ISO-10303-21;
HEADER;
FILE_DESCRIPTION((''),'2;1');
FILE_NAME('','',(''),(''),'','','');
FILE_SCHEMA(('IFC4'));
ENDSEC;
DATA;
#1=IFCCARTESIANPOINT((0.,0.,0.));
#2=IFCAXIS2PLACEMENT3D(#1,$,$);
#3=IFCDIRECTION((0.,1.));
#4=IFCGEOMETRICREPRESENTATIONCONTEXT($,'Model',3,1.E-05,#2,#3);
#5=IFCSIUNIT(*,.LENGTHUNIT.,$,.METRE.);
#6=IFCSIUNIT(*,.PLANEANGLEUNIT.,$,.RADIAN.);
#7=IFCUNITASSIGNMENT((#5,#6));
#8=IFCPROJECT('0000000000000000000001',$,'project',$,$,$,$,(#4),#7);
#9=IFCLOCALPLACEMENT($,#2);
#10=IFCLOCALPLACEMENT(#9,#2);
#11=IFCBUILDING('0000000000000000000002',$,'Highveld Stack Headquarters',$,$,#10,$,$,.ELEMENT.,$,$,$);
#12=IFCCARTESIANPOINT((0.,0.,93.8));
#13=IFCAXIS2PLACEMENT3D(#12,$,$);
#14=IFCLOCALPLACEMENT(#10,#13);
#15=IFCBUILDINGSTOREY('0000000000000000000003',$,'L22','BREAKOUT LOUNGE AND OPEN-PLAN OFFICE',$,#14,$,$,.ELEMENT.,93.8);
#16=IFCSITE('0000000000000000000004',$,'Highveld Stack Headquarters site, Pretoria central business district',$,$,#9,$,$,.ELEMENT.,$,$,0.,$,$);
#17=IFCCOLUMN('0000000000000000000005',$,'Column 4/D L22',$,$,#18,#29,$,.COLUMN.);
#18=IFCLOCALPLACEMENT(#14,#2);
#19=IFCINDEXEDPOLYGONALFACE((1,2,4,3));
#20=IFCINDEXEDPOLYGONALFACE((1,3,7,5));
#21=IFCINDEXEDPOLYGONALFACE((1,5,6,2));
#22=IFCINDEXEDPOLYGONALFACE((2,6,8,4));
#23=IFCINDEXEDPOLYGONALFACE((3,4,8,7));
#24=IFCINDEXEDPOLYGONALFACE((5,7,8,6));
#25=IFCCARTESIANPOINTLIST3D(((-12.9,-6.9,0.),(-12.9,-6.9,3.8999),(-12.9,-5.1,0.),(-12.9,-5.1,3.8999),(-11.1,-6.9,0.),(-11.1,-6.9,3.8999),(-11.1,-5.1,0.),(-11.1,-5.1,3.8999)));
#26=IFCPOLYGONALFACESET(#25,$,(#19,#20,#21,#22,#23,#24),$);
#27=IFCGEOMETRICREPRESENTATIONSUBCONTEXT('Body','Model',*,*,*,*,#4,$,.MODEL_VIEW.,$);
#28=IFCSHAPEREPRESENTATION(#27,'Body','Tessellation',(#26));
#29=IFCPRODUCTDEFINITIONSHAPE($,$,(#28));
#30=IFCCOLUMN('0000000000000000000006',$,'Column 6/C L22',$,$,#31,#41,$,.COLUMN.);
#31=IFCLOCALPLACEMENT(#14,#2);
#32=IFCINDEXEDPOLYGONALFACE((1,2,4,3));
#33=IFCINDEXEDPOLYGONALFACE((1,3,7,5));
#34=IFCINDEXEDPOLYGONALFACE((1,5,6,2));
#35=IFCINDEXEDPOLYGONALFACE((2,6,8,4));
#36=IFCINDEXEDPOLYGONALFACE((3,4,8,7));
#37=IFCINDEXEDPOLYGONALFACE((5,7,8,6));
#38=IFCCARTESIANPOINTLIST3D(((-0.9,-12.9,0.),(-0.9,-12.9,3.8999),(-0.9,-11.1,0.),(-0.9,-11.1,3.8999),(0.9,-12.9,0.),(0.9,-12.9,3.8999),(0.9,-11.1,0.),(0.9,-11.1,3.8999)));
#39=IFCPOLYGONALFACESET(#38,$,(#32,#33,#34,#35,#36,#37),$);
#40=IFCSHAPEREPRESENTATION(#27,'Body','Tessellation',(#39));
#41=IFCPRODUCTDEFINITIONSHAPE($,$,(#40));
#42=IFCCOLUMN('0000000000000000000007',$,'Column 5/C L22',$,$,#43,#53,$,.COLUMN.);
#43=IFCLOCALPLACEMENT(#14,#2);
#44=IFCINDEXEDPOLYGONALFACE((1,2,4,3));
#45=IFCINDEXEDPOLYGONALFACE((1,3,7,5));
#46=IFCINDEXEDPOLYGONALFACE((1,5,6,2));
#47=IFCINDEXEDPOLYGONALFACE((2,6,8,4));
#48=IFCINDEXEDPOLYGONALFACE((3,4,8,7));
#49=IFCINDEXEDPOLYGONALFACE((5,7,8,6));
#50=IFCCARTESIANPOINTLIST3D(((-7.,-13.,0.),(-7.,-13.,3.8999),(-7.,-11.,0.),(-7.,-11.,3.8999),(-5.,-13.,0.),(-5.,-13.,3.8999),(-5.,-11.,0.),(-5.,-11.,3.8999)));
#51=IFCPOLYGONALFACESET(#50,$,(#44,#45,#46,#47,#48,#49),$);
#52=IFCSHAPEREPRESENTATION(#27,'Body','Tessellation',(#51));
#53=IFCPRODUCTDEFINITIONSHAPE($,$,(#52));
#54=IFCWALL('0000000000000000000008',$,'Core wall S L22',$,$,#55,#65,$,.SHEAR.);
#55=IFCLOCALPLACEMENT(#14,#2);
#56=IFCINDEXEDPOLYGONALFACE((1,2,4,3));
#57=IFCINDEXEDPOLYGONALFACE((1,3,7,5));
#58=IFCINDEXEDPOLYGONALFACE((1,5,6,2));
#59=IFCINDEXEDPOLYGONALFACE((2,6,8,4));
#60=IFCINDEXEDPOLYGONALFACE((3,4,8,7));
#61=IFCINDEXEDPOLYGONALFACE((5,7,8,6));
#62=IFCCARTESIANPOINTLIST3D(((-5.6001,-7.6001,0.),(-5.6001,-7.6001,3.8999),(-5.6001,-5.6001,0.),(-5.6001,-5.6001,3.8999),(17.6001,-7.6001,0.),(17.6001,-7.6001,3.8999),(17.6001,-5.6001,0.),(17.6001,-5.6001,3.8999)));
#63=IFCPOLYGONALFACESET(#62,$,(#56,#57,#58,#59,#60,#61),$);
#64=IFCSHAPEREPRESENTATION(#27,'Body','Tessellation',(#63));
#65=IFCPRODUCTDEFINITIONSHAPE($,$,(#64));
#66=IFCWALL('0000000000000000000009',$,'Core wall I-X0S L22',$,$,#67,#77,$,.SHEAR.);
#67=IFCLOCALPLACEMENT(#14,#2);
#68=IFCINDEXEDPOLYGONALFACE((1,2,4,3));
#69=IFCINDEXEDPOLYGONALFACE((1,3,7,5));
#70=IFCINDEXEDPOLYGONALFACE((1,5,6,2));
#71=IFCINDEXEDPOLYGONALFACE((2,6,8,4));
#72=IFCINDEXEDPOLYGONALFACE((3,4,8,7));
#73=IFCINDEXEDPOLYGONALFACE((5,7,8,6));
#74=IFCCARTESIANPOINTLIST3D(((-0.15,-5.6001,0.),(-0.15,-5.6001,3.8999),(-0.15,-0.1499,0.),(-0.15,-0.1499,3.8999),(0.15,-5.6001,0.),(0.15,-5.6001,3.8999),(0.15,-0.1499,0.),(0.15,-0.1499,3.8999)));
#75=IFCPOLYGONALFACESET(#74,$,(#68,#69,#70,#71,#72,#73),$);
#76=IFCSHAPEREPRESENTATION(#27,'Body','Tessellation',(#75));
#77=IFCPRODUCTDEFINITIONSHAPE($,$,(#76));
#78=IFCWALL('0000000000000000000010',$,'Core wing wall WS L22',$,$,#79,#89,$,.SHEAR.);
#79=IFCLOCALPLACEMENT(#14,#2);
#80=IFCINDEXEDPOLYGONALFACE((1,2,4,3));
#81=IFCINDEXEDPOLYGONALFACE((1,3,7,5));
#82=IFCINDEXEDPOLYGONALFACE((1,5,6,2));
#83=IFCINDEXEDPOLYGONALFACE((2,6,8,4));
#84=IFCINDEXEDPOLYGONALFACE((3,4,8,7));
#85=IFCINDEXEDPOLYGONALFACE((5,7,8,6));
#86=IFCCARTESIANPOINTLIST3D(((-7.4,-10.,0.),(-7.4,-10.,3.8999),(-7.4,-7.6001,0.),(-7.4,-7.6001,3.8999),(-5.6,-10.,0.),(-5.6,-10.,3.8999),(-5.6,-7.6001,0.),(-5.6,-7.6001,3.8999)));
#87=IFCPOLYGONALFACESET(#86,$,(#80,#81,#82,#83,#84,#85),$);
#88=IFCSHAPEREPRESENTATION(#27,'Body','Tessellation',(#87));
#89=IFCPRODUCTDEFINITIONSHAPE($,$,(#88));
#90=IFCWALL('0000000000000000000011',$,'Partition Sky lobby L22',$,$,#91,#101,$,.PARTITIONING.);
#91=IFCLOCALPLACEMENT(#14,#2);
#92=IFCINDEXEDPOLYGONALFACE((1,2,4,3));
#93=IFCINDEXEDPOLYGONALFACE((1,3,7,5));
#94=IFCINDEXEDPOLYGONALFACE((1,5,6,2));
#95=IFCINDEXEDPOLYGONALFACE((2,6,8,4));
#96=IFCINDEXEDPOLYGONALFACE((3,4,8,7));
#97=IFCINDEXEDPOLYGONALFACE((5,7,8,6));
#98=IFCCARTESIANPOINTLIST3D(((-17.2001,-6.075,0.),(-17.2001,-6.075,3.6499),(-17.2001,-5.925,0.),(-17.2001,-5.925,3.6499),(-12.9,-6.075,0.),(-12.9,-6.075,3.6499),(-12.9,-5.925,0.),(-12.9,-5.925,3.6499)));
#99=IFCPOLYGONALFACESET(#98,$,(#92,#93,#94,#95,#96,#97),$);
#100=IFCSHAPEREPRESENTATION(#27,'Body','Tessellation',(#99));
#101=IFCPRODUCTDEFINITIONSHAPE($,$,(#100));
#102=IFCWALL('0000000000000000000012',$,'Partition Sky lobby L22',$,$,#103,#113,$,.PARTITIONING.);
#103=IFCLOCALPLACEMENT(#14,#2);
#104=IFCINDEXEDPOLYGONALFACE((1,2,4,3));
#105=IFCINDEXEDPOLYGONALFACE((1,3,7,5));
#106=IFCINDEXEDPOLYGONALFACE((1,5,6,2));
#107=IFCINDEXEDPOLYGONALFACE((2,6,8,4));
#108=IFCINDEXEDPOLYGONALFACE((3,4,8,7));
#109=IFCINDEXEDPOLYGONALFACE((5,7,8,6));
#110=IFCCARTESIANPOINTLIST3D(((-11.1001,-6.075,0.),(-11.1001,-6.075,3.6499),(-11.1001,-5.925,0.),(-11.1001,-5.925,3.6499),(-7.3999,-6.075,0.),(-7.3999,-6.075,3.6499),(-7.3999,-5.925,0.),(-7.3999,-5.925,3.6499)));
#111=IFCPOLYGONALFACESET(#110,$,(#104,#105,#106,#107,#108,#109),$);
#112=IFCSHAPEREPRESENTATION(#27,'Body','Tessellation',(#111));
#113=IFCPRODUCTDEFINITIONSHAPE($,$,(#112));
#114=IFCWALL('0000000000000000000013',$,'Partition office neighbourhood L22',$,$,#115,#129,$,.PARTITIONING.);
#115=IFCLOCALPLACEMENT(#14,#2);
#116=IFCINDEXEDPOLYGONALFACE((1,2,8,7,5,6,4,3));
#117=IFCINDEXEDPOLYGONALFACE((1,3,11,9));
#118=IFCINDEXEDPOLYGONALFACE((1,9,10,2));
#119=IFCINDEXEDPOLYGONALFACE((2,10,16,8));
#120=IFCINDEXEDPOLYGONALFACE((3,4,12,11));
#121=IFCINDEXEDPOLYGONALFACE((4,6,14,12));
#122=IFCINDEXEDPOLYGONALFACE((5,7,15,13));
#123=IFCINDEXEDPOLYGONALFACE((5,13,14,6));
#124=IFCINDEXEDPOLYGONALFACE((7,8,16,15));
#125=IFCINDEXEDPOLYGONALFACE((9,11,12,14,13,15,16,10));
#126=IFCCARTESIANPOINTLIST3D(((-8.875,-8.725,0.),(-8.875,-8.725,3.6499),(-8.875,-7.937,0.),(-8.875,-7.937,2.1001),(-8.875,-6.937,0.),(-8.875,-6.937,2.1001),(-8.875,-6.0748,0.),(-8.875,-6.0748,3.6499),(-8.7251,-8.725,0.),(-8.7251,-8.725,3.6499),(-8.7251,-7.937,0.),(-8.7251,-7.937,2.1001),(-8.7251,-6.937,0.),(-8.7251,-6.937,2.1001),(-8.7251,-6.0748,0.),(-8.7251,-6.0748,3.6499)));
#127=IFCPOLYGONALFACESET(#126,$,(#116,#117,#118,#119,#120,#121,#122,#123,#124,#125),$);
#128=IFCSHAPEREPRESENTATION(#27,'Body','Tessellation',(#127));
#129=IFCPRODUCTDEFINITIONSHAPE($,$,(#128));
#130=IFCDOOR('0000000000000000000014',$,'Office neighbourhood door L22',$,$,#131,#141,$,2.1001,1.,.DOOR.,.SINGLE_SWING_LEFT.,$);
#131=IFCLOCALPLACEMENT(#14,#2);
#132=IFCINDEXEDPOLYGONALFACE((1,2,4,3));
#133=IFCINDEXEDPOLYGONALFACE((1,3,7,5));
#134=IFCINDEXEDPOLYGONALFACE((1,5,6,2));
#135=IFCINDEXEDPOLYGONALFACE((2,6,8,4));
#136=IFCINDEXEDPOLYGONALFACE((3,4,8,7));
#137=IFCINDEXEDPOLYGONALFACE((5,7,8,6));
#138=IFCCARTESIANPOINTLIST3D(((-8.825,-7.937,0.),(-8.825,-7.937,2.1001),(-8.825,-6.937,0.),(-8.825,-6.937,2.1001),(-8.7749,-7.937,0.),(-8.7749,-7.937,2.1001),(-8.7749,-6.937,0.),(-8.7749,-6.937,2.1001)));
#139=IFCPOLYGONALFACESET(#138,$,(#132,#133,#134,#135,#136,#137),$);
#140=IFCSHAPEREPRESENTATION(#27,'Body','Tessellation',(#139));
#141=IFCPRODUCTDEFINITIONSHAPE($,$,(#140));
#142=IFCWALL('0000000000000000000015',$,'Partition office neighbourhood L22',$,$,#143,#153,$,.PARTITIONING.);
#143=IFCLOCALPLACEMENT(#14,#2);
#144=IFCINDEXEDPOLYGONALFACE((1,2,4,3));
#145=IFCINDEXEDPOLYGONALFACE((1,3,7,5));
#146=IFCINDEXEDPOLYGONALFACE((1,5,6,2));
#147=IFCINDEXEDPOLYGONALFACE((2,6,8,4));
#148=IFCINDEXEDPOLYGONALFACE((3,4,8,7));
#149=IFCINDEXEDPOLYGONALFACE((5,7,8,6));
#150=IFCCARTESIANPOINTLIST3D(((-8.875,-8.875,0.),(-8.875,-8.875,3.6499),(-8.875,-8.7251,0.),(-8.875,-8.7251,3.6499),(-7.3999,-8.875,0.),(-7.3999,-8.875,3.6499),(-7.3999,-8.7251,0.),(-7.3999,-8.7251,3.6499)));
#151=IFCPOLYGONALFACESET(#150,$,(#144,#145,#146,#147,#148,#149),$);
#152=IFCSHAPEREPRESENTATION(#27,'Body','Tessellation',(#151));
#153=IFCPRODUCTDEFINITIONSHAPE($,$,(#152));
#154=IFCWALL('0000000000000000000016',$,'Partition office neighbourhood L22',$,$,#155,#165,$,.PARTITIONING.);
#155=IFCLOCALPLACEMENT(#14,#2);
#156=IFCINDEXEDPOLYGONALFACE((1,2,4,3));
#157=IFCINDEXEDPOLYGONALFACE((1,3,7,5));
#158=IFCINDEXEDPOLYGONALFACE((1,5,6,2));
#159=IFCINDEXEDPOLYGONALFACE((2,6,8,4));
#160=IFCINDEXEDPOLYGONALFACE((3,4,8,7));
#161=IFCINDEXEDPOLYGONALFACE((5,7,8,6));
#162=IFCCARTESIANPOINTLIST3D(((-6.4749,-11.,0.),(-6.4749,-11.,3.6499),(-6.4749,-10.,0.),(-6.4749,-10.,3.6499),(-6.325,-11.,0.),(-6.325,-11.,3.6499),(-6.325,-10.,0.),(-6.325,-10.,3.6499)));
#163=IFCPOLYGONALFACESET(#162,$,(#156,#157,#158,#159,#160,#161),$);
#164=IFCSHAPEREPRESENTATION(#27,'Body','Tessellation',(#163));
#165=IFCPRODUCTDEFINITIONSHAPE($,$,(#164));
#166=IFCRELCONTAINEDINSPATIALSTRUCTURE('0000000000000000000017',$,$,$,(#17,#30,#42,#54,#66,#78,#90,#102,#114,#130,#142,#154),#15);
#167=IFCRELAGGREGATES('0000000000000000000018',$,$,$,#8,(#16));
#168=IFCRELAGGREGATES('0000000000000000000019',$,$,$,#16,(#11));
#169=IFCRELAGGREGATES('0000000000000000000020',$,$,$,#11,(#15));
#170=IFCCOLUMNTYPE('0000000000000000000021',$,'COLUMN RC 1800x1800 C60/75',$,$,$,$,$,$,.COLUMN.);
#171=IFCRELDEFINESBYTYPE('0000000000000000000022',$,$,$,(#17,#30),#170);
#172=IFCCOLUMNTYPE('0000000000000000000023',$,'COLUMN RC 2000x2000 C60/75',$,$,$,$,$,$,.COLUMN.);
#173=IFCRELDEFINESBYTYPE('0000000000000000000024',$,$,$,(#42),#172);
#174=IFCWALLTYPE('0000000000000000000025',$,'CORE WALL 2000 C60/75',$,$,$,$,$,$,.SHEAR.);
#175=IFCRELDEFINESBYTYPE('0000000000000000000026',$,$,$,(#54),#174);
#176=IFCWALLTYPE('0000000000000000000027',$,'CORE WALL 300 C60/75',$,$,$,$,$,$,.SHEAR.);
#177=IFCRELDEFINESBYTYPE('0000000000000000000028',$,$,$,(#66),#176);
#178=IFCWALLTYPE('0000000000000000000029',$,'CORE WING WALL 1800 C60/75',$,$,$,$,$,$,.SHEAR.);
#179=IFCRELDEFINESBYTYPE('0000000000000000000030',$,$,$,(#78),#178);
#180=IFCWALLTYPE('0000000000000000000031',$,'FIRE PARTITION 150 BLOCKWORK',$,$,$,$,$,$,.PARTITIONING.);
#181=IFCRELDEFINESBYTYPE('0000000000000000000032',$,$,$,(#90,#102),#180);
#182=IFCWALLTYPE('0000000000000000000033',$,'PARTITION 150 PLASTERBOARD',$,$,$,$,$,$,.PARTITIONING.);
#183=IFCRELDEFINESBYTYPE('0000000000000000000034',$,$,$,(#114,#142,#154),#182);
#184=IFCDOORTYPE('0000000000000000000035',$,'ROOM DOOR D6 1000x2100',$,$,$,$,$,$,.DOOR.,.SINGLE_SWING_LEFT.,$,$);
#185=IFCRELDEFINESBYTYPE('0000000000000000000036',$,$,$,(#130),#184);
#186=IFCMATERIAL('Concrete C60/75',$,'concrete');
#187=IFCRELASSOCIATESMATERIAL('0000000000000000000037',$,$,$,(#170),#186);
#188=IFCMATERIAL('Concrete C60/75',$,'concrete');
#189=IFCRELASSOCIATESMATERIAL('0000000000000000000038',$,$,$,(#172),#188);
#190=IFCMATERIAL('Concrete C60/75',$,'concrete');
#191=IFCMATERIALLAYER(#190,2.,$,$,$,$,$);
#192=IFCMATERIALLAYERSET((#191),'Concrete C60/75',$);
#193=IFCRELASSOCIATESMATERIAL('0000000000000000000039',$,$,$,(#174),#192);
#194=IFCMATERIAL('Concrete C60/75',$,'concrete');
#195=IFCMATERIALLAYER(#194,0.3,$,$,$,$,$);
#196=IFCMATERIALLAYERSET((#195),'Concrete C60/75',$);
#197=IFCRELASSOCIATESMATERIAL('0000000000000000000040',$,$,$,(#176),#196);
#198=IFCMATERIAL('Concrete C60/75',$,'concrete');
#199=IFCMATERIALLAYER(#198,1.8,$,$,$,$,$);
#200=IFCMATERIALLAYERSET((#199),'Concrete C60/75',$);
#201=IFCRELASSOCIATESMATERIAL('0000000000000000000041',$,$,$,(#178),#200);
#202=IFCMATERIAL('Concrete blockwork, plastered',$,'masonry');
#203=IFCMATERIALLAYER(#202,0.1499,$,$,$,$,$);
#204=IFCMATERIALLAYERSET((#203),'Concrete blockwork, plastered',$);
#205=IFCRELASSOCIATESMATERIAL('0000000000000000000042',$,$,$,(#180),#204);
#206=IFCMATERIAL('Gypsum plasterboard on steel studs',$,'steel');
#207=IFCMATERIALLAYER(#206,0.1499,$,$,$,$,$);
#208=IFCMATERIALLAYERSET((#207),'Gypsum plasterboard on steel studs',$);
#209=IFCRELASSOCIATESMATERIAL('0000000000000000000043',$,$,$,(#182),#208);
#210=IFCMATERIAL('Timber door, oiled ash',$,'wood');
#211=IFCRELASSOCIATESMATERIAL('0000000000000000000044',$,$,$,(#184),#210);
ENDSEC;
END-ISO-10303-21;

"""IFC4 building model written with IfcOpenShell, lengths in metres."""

from ifc_helpers import new_model, si_unit, direction, frame, frame_2d, origin, origin_2d, place, context, subcontext, project, spatial, rectangle, extrude, material, layer, layer_set, material_profile, profile_set, type_object, element, fill, save


model = new_model("IFC4")

# Units and contexts
model_context = context("Model", 3, precision=1e-05, world=origin(), true_north=direction((0.0, 1.0)))
body_context = subcontext(model_context, "Body", "Model", "MODEL_VIEW")
ifc_project = project(units=[si_unit("LENGTHUNIT", "METRE"), si_unit("PLANEANGLEUNIT", "RADIAN")], contexts=[model_context])

# Site, building, storey
site_placement = place(None, origin())
site = spatial("IfcSite", under=ifc_project, at=site_placement, Name="Highveld Stack Headquarters site, Pretoria central business district", CompositionType="ELEMENT", RefElevation=0.0)
building_placement = place(site_placement, origin())
building = spatial("IfcBuilding", under=site, at=building_placement, Name="Highveld Stack Headquarters", CompositionType="ELEMENT")
storey_placement = place(building_placement, frame((0.0, 0.0, 93.8)))
storey = spatial("IfcBuildingStorey", under=building, at=storey_placement, Name="L22", Description="BREAKOUT LOUNGE AND OPEN-PLAN OFFICE", CompositionType="ELEMENT", Elevation=93.8)

# Columns
ifc_material_1 = material(Name="Concrete C60/75", Category="concrete")
ifc_material_profile_1 = material_profile(ifc_material_1, rectangle(XDim=1.8, YDim=1.8, at=origin_2d()), Name="RC 1800x1800")
ifc_profile_set_1 = profile_set([ifc_material_profile_1], Name="Concrete C60/75")
column_type_1 = type_object("IfcColumnType", Name="COLUMN RC 1800x1800 C60/75", PredefinedType="COLUMN", material=ifc_profile_set_1)
for number, where, z_axis, x_axis, name in (
    (1, (-12.0, -6.0, 0.0), (0.0, 0.0, 1.0), (1.0, 0.0, 0.0), "Column 4/D L22"),
    (2, (0.0, -12.0, 0.0), (0.0, 0.0, 1.0), (1.0, 0.0, 0.0), "Column 6/C L22"),
):
    element("IfcColumn", number, at=place(storey_placement, frame(where, z_axis=z_axis, x_axis=x_axis)), inside=storey, type_object=column_type_1, Name=name, PredefinedType="COLUMN", context=body_context, shape_type="SweptSolid", body=[
        extrude(rectangle(XDim=1.8, YDim=1.8, at=origin_2d()), origin(), (0.0, 0.0, 1.0), 3.8999),
    ])
ifc_material_2 = material(Name="Concrete C60/75", Category="concrete")
ifc_material_profile_2 = material_profile(ifc_material_2, rectangle(XDim=2.0, YDim=2.0, at=origin_2d()), Name="RC 2000x2000")
ifc_profile_set_2 = profile_set([ifc_material_profile_2], Name="Concrete C60/75")
column_type_2 = type_object("IfcColumnType", Name="COLUMN RC 2000x2000 C60/75", PredefinedType="COLUMN", material=ifc_profile_set_2)
column_placement = place(storey_placement, frame((-6.0, -12.0, 0.0), z_axis=(0.0, 0.0, 1.0), x_axis=(1.0, 0.0, 0.0)))
element("IfcColumn", 3, at=column_placement, inside=storey, type_object=column_type_2, Name="Column 5/C L22", PredefinedType="COLUMN", context=body_context, shape_type="SweptSolid", body=[
    extrude(rectangle(XDim=2.0, YDim=2.0, at=origin_2d()), origin(), (0.0, 0.0, 1.0), 3.8999),
])

# Walls
ifc_material_3 = material(Name="Concrete C60/75", Category="concrete")
ifc_layer_1 = layer(ifc_material_3, 2.0)
ifc_layer_set_1 = layer_set([ifc_layer_1], Name="Concrete C60/75")
wall_type_1 = type_object("IfcWallType", Name="CORE WALL 2000 C60/75", PredefinedType="SHEAR", material=ifc_layer_set_1)
wall_1_placement = place(storey_placement, frame((-5.6001, -6.6001, 0.0), z_axis=(0.0, 0.0, 1.0), x_axis=(1.0, 0.0, 0.0)))
element("IfcWall", 4, at=wall_1_placement, inside=storey, type_object=wall_type_1, Name="Core wall S L22", PredefinedType="SHEAR", context=body_context, shape_type="SweptSolid", body=[
    extrude(rectangle(XDim=23.2002, YDim=2.0, at=frame_2d((11.6001, 0.0))), origin(), (0.0, 0.0, 1.0), 3.8999),
])
ifc_material_4 = material(Name="Concrete C60/75", Category="concrete")
ifc_layer_2 = layer(ifc_material_4, 0.3)
ifc_layer_set_2 = layer_set([ifc_layer_2], Name="Concrete C60/75")
wall_type_2 = type_object("IfcWallType", Name="CORE WALL 300 C60/75", PredefinedType="SHEAR", material=ifc_layer_set_2)
wall_2_placement = place(storey_placement, frame((0.0, -5.6001, 0.0), z_axis=(0.0, 0.0, 1.0), x_axis=(0.0, 1.0, 0.0)))
element("IfcWall", 5, at=wall_2_placement, inside=storey, type_object=wall_type_2, Name="Core wall I-X0S L22", PredefinedType="SHEAR", context=body_context, shape_type="SweptSolid", body=[
    extrude(rectangle(XDim=5.4502, YDim=0.3, at=frame_2d((2.7251, 0.0))), origin(), (0.0, 0.0, 1.0), 3.8999),
])
ifc_material_5 = material(Name="Concrete C60/75", Category="concrete")
ifc_layer_3 = layer(ifc_material_5, 1.8)
ifc_layer_set_3 = layer_set([ifc_layer_3], Name="Concrete C60/75")
wall_type_3 = type_object("IfcWallType", Name="CORE WING WALL 1800 C60/75", PredefinedType="SHEAR", material=ifc_layer_set_3)
wall_3_placement = place(storey_placement, frame((-6.5, -10.0, 0.0), z_axis=(0.0, 0.0, 1.0), x_axis=(0.0, 1.0, 0.0)))
element("IfcWall", 6, at=wall_3_placement, inside=storey, type_object=wall_type_3, Name="Core wing wall WS L22", PredefinedType="SHEAR", context=body_context, shape_type="SweptSolid", body=[
    extrude(rectangle(XDim=2.3999, YDim=1.8, at=frame_2d((1.2, 0.0))), origin(), (0.0, 0.0, 1.0), 3.8999),
])
ifc_material_6 = material(Name="Concrete blockwork, plastered", Category="masonry")
ifc_layer_4 = layer(ifc_material_6, 0.1499)
ifc_layer_set_4 = layer_set([ifc_layer_4], Name="Concrete blockwork, plastered")
wall_type_4 = type_object("IfcWallType", Name="FIRE PARTITION 150 BLOCKWORK", PredefinedType="PARTITIONING", material=ifc_layer_set_4)
wall_4_placement = place(storey_placement, frame((-17.2, -6.0, 0.0), z_axis=(0.0, 0.0, 1.0), x_axis=(1.0, 0.0, 0.0)))
element("IfcWall", 7, at=wall_4_placement, inside=storey, type_object=wall_type_4, Name="Partition Sky lobby L22", PredefinedType="PARTITIONING", context=body_context, shape_type="SweptSolid", body=[
    extrude(rectangle(XDim=4.3, YDim=0.1499, at=frame_2d((2.1499, 0.0))), origin(), (0.0, 0.0, 1.0), 3.6499),
])
wall_5_placement = place(storey_placement, frame((-11.1001, -6.0, 0.0), z_axis=(0.0, 0.0, 1.0), x_axis=(1.0, 0.0, 0.0)))
element("IfcWall", 8, at=wall_5_placement, inside=storey, type_object=wall_type_4, Name="Partition Sky lobby L22", PredefinedType="PARTITIONING", context=body_context, shape_type="SweptSolid", body=[
    extrude(rectangle(XDim=3.7002, YDim=0.1499, at=frame_2d((1.8501, 0.0))), origin(), (0.0, 0.0, 1.0), 3.6499),
])

# Wall, opening, door
ifc_material_7 = material(Name="Gypsum plasterboard on steel studs", Category="steel")
ifc_layer_5 = layer(ifc_material_7, 0.1499)
ifc_layer_set_5 = layer_set([ifc_layer_5], Name="Gypsum plasterboard on steel studs")
wall_type_5 = type_object("IfcWallType", Name="PARTITION 150 PLASTERBOARD", PredefinedType="PARTITIONING", material=ifc_layer_set_5)
wall_6_placement = place(storey_placement, frame((-8.8, -8.7251, 0.0), z_axis=(0.0, 0.0, 1.0), x_axis=(0.0, 1.0, 0.0)))
wall_6 = element("IfcWall", 9, at=wall_6_placement, inside=storey, type_object=wall_type_5, Name="Partition office neighbourhood L22", PredefinedType="PARTITIONING", context=body_context, shape_type="SweptSolid", body=[
    extrude(rectangle(XDim=2.6501, YDim=0.1499, at=frame_2d((1.3252, 0.0))), origin(), (0.0, 0.0, 1.0), 3.6499),
])
opening_1_placement = place(wall_6_placement, frame((0.7881, 0.0, 0.0)))
opening_1 = element("IfcOpeningElement", 10, at=opening_1_placement, cuts=wall_6, PredefinedType="OPENING", context=body_context, shape_type="SweptSolid", body=[
    extrude(rectangle(XDim=1.0, YDim=2.1001, at=frame_2d((0.5, 1.05))), frame((0.0, 0.085, 0.0), z_axis=(0.0, -1.0, 0.0), x_axis=(1.0, 0.0, 0.0)), (0.0, 0.0, 1.0), 0.1699),
])
ifc_material_8 = material(Name="Timber door, oiled ash", Category="wood")
door_type_1 = type_object("IfcDoorType", Name="ROOM DOOR D6 1000x2100", OperationType="SINGLE_SWING_LEFT", PredefinedType="DOOR", material=ifc_material_8)
door_1_placement = place(opening_1_placement, origin())
door_1 = element("IfcDoor", 11, at=door_1_placement, inside=storey, type_object=door_type_1, Name="Office neighbourhood door L22", OperationType="SINGLE_SWING_LEFT", OverallHeight=2.1001, OverallWidth=1.0, PredefinedType="DOOR", context=body_context, shape_type="SweptSolid", body=[
    extrude(rectangle(XDim=1.0, YDim=2.1001, at=frame_2d((0.5, 1.05))), frame((0.0, 0.0249, 0.0), z_axis=(0.0, -1.0, 0.0), x_axis=(1.0, 0.0, 0.0)), (0.0, 0.0, 1.0), 0.05),
])
fill(opening_1, door_1)

# Walls
wall_7_placement = place(storey_placement, frame((-8.875, -8.8, 0.0), z_axis=(0.0, 0.0, 1.0), x_axis=(1.0, 0.0, 0.0)))
element("IfcWall", 12, at=wall_7_placement, inside=storey, type_object=wall_type_5, Name="Partition office neighbourhood L22", PredefinedType="PARTITIONING", context=body_context, shape_type="SweptSolid", body=[
    extrude(rectangle(XDim=1.4751, YDim=0.1499, at=frame_2d((0.7375, 0.0))), origin(), (0.0, 0.0, 1.0), 3.6499),
])
wall_8_placement = place(storey_placement, frame((-6.3999, -11.0, 0.0), z_axis=(0.0, 0.0, 1.0), x_axis=(0.0, 1.0, 0.0)))
element("IfcWall", 13, at=wall_8_placement, inside=storey, type_object=wall_type_5, Name="Partition office neighbourhood L22", PredefinedType="PARTITIONING", context=body_context, shape_type="SweptSolid", body=[
    extrude(rectangle(XDim=1.0, YDim=0.1499, at=frame_2d((0.5, 0.0))), origin(), (0.0, 0.0, 1.0), 3.6499),
])

save(model, "model.ifc")
